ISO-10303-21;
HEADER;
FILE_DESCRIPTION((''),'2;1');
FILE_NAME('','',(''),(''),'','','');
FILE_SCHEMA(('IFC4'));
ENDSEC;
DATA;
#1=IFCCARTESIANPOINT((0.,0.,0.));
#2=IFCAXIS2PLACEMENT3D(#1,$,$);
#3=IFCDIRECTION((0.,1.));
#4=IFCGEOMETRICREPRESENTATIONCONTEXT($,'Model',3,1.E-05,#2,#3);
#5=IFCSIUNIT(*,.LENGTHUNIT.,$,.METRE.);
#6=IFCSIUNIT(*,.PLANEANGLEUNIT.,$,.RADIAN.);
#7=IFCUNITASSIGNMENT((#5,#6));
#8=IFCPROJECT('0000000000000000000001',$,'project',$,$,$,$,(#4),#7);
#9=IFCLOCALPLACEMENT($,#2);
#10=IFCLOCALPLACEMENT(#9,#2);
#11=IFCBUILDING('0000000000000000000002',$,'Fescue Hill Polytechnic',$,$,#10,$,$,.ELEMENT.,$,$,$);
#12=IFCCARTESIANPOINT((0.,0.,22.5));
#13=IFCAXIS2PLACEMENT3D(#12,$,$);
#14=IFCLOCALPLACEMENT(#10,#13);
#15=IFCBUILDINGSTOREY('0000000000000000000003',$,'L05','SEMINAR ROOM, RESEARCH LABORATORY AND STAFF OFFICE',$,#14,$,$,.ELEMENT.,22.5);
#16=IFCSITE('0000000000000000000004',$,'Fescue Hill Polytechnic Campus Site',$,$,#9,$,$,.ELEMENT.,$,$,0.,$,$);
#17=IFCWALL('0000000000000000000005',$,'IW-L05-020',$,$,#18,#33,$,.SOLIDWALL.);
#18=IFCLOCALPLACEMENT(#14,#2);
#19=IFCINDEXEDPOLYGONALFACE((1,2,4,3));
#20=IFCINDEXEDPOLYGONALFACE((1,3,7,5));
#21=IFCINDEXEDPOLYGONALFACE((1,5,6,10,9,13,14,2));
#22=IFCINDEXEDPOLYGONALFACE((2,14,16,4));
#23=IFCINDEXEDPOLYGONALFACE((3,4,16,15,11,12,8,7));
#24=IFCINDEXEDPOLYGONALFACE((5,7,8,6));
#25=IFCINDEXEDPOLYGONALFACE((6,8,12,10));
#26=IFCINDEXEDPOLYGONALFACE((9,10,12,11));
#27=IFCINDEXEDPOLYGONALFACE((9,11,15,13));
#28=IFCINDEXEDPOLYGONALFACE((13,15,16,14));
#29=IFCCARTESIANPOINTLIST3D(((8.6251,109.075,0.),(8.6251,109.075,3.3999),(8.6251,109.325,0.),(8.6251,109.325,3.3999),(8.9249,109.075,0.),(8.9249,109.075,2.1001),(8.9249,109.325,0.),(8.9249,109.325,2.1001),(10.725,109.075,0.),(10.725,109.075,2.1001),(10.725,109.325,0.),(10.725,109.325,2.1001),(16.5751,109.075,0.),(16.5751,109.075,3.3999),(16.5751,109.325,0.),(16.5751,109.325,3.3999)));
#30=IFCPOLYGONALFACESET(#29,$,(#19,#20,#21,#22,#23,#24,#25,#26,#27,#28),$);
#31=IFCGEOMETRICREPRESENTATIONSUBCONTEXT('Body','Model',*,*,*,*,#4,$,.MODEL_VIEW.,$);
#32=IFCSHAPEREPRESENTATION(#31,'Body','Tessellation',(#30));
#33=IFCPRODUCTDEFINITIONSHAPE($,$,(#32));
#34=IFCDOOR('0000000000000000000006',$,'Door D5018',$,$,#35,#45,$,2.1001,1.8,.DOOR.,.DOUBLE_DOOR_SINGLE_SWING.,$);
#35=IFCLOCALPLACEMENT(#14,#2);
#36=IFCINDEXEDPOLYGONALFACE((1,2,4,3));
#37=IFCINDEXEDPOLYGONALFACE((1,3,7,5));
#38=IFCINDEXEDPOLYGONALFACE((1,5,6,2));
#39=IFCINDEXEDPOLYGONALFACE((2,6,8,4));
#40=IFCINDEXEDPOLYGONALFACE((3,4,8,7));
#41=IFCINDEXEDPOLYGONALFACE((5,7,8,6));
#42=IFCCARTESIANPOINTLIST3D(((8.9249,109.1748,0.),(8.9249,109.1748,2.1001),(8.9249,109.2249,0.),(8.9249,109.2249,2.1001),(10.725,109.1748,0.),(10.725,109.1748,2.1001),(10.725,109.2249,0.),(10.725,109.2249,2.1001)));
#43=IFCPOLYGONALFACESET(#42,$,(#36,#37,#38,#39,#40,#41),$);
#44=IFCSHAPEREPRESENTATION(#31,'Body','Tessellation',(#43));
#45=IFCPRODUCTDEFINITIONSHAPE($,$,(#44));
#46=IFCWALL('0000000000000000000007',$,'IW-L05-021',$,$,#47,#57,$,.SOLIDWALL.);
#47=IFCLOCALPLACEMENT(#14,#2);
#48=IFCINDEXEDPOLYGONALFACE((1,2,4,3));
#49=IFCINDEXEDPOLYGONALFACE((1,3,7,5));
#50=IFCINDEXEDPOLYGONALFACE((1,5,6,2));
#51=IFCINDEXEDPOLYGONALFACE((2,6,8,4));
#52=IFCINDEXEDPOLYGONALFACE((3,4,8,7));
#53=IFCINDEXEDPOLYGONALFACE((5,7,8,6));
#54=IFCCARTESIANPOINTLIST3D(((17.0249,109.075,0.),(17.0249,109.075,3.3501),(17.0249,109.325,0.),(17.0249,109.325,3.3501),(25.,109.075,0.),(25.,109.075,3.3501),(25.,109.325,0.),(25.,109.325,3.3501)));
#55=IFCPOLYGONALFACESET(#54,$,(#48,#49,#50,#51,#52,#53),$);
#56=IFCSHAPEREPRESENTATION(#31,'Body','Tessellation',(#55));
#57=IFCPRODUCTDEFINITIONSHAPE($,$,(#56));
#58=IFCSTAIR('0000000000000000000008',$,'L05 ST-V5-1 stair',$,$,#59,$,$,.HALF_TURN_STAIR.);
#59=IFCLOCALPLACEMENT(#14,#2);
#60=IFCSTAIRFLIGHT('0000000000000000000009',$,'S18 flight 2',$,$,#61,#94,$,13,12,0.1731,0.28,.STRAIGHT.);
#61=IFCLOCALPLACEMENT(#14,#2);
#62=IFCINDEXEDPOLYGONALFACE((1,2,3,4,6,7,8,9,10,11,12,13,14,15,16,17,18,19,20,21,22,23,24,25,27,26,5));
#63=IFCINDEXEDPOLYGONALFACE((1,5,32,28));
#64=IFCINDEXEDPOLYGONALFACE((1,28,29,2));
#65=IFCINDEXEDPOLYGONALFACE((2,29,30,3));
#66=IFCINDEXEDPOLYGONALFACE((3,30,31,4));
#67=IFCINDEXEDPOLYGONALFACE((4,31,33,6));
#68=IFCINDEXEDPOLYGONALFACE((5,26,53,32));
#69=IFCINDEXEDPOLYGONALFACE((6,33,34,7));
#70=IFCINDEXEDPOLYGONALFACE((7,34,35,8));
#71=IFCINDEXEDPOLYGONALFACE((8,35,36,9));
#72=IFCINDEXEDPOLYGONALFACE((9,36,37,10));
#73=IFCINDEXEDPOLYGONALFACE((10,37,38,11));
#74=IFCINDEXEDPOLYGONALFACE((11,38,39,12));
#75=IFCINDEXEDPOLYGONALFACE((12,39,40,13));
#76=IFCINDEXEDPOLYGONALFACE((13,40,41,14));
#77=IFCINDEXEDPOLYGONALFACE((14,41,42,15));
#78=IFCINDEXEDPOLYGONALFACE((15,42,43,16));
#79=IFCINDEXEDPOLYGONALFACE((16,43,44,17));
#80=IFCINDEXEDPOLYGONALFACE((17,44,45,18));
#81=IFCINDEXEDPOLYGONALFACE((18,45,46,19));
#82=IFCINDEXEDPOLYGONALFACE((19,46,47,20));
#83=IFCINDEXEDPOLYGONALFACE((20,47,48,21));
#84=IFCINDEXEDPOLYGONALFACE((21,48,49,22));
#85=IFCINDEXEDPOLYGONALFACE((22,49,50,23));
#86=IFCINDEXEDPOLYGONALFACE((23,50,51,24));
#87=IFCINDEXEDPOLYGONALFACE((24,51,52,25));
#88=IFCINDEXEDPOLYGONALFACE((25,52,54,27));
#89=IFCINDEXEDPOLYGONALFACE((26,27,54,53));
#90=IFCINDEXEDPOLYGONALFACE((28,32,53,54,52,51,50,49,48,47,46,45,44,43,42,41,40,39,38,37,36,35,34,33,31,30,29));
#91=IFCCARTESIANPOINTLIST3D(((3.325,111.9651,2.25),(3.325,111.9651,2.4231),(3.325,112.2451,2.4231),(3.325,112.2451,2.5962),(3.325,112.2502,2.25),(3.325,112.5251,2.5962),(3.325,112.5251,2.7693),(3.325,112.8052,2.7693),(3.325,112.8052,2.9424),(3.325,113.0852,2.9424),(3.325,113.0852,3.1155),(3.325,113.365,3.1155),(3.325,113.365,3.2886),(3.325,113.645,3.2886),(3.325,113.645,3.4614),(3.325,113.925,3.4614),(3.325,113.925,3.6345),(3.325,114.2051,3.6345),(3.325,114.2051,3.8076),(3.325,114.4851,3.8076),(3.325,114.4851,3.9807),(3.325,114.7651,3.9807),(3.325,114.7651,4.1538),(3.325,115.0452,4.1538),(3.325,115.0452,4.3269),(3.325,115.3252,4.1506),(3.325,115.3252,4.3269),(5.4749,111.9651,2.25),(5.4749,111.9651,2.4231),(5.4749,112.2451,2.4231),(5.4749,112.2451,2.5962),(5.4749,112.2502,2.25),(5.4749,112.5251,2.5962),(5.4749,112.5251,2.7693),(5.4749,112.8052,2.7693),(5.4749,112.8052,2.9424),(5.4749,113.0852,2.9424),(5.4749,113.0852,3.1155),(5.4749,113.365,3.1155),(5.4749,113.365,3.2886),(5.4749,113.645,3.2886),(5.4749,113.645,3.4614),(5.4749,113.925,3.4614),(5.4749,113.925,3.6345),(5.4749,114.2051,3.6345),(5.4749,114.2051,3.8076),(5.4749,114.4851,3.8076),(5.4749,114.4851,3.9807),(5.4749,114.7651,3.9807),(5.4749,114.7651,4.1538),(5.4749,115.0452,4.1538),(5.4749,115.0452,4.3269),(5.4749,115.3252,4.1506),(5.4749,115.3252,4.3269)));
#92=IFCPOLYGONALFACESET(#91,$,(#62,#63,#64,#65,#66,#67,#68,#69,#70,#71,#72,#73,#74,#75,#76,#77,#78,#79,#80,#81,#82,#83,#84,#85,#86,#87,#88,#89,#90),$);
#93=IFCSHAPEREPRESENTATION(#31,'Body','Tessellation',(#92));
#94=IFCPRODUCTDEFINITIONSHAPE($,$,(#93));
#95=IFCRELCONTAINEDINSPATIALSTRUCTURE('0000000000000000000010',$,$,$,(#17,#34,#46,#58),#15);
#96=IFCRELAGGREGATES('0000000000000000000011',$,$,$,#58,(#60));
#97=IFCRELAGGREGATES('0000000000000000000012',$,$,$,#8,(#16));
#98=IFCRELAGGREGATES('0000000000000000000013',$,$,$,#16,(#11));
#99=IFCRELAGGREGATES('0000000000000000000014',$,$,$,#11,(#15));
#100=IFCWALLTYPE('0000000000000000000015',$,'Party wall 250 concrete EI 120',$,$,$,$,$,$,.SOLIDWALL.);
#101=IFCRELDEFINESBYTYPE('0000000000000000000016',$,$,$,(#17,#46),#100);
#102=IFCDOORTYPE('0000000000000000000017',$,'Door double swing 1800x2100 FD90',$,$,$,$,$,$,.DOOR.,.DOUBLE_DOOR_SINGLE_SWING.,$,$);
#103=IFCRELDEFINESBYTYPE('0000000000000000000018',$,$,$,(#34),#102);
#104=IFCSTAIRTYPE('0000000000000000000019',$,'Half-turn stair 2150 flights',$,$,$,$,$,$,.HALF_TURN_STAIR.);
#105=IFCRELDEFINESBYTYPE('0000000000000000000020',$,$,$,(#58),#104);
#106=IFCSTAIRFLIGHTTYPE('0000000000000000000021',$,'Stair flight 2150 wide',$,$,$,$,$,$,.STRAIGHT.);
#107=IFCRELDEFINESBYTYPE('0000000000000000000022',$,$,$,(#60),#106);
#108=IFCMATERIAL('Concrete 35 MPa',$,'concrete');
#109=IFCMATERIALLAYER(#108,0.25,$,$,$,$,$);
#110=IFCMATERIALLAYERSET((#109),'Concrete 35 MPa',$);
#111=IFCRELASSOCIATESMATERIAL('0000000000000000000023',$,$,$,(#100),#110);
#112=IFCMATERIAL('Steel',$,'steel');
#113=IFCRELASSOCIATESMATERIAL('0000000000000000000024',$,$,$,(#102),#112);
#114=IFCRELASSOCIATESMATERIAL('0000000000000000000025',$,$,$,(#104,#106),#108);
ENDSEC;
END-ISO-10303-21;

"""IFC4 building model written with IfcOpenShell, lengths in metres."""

from ifc_helpers import new_model, si_unit, direction, frame, frame_2d, origin, place, context, subcontext, project, spatial, polyline, rectangle, outline, extrude, material, layer, layer_set, type_object, element, fill, aggregate, save


model = new_model("IFC4")

# Units and contexts
model_context = context("Model", 3, precision=1e-05, world=origin(), true_north=direction((0.0, 1.0)))
body_context = subcontext(model_context, "Body", "Model", "MODEL_VIEW")
ifc_project = project(units=[si_unit("LENGTHUNIT", "METRE"), si_unit("PLANEANGLEUNIT", "RADIAN")], contexts=[model_context])

# Site, building, storey
site_placement = place(None, origin())
site = spatial("IfcSite", under=ifc_project, at=site_placement, Name="Fescue Hill Polytechnic Campus Site", CompositionType="ELEMENT", RefElevation=0.0)
building_placement = place(site_placement, origin())
building = spatial("IfcBuilding", under=site, at=building_placement, Name="Fescue Hill Polytechnic", CompositionType="ELEMENT")
storey_placement = place(building_placement, frame((0.0, 0.0, 22.5)))
storey = spatial("IfcBuildingStorey", under=building, at=storey_placement, Name="L05", Description="SEMINAR ROOM, RESEARCH LABORATORY AND STAFF OFFICE", CompositionType="ELEMENT", Elevation=22.5)

# Shared definitions
ifc_material_1 = material(Name="Concrete 35 MPa", Category="concrete")

# Wall, opening, door
ifc_material_2 = material(Name="Steel", Category="steel")
ifc_layer_1 = layer(ifc_material_1, 0.25)
ifc_layer_set_1 = layer_set([ifc_layer_1], Name="Concrete 35 MPa")
wall_type_1 = type_object("IfcWallType", Name="Party wall 250 concrete EI 120", PredefinedType="SOLIDWALL", material=ifc_layer_set_1)
wall_1_placement = place(storey_placement, frame((8.625, 109.2, 0.0), z_axis=(0.0, 0.0, 1.0), x_axis=(1.0, 0.0, 0.0)))
wall_1 = element("IfcWall", 1, at=wall_1_placement, inside=storey, type_object=wall_type_1, Name="IW-L05-020", PredefinedType="SOLIDWALL", context=body_context, shape_type="SweptSolid", body=[
    extrude(rectangle(XDim=7.95, YDim=0.25, at=frame_2d((3.9751, 0.0))), origin(), (0.0, 0.0, 1.0), 3.3999),
])
opening_1_placement = place(wall_1_placement, frame((0.3, 0.0, 0.0)))
opening_1 = element("IfcOpeningElement", 2, at=opening_1_placement, cuts=wall_1, PredefinedType="OPENING", context=body_context, shape_type="SweptSolid", body=[
    extrude(rectangle(XDim=1.8, YDim=2.1001, at=frame_2d((0.8999, 1.05))), frame((0.0, 0.135, 0.0), z_axis=(0.0, -1.0, 0.0), x_axis=(1.0, 0.0, 0.0)), (0.0, 0.0, 1.0), 0.27),
])
door_type_1 = type_object("IfcDoorType", Name="Door double swing 1800x2100 FD90", OperationType="DOUBLE_DOOR_SINGLE_SWING", PredefinedType="DOOR", material=ifc_material_2)
door_1_placement = place(opening_1_placement, origin())
door_1 = element("IfcDoor", 3, at=door_1_placement, inside=storey, type_object=door_type_1, Name="Door D5018", OperationType="DOUBLE_DOOR_SINGLE_SWING", OverallHeight=2.1001, OverallWidth=1.8, PredefinedType="DOOR", context=body_context, shape_type="SweptSolid", body=[
    extrude(rectangle(XDim=1.8, YDim=2.1001, at=frame_2d((0.8999, 1.05))), frame((0.0, 0.0249, 0.0), z_axis=(0.0, -1.0, 0.0), x_axis=(1.0, 0.0, 0.0)), (0.0, 0.0, 1.0), 0.05),
])
fill(opening_1, door_1)

# Wall
wall_2_placement = place(storey_placement, frame((17.0249, 109.2, 0.0), z_axis=(0.0, 0.0, 1.0), x_axis=(1.0, 0.0, 0.0)))
element("IfcWall", 4, at=wall_2_placement, inside=storey, type_object=wall_type_1, Name="IW-L05-021", PredefinedType="SOLIDWALL", context=body_context, shape_type="SweptSolid", body=[
    extrude(rectangle(XDim=7.9751, YDim=0.25, at=frame_2d((3.9875, 0.0))), origin(), (0.0, 0.0, 1.0), 3.3501),
])

# Stair, stair flight
stair_type = type_object("IfcStairType", Name="Half-turn stair 2150 flights", PredefinedType="HALF_TURN_STAIR", material=ifc_material_1)
stair_placement = place(storey_placement, origin())
stair = element("IfcStair", 5, at=stair_placement, inside=storey, type_object=stair_type, Name="L05 ST-V5-1 stair", PredefinedType="HALF_TURN_STAIR")
stair_flight_type = type_object("IfcStairFlightType", Name="Stair flight 2150 wide", PredefinedType="STRAIGHT", material=ifc_material_1)
stair_flight_placement = place(storey_placement, frame((4.3999, 111.9651, 2.25), z_axis=(0.0, 0.0, 1.0), x_axis=(0.0, 1.0, 0.0)))
stair_flight = element("IfcStairFlight", 6, at=stair_flight_placement, type_object=stair_flight_type, Name="S18 flight 2", NumberOfRisers=13, NumberOfTreads=12, PredefinedType="STRAIGHT", RiserHeight=0.1731, TreadLength=0.28, context=body_context, shape_type="SweptSolid", body=[
    extrude(outline(polyline([(0.0, 0.0), (0.0, 0.1731), (0.28, 0.1731), (0.28, 0.3462), (0.5601, 0.3462), (0.5601, 0.5193), (0.8401, 0.5193), (0.8401, 0.6924), (1.1201, 0.6924), (1.1201, 0.8655), (1.3999, 0.8655), (1.3999, 1.0386), (1.6799, 1.0386), (1.6799, 1.2114), (1.96, 1.2114), (1.96, 1.3845), (2.24, 1.3845), (2.24, 1.5576), (2.52, 1.5576), (2.52, 1.7307), (2.8, 1.7307), (2.8, 1.9038), (3.0801, 1.9038), (3.0801, 2.0769), (3.3601, 2.0769), (3.3601, 2.25), (3.3601, 1.9006), (0.2852, 0.0), (0.0, 0.0)])), frame((0.0, 1.075, 0.0), z_axis=(0.0, -1.0, 0.0), x_axis=(1.0, 0.0, 0.0)), (0.0, 0.0, 1.0), 2.1499),
])
aggregate(stair, [stair_flight])

save(model, "model.ifc")
